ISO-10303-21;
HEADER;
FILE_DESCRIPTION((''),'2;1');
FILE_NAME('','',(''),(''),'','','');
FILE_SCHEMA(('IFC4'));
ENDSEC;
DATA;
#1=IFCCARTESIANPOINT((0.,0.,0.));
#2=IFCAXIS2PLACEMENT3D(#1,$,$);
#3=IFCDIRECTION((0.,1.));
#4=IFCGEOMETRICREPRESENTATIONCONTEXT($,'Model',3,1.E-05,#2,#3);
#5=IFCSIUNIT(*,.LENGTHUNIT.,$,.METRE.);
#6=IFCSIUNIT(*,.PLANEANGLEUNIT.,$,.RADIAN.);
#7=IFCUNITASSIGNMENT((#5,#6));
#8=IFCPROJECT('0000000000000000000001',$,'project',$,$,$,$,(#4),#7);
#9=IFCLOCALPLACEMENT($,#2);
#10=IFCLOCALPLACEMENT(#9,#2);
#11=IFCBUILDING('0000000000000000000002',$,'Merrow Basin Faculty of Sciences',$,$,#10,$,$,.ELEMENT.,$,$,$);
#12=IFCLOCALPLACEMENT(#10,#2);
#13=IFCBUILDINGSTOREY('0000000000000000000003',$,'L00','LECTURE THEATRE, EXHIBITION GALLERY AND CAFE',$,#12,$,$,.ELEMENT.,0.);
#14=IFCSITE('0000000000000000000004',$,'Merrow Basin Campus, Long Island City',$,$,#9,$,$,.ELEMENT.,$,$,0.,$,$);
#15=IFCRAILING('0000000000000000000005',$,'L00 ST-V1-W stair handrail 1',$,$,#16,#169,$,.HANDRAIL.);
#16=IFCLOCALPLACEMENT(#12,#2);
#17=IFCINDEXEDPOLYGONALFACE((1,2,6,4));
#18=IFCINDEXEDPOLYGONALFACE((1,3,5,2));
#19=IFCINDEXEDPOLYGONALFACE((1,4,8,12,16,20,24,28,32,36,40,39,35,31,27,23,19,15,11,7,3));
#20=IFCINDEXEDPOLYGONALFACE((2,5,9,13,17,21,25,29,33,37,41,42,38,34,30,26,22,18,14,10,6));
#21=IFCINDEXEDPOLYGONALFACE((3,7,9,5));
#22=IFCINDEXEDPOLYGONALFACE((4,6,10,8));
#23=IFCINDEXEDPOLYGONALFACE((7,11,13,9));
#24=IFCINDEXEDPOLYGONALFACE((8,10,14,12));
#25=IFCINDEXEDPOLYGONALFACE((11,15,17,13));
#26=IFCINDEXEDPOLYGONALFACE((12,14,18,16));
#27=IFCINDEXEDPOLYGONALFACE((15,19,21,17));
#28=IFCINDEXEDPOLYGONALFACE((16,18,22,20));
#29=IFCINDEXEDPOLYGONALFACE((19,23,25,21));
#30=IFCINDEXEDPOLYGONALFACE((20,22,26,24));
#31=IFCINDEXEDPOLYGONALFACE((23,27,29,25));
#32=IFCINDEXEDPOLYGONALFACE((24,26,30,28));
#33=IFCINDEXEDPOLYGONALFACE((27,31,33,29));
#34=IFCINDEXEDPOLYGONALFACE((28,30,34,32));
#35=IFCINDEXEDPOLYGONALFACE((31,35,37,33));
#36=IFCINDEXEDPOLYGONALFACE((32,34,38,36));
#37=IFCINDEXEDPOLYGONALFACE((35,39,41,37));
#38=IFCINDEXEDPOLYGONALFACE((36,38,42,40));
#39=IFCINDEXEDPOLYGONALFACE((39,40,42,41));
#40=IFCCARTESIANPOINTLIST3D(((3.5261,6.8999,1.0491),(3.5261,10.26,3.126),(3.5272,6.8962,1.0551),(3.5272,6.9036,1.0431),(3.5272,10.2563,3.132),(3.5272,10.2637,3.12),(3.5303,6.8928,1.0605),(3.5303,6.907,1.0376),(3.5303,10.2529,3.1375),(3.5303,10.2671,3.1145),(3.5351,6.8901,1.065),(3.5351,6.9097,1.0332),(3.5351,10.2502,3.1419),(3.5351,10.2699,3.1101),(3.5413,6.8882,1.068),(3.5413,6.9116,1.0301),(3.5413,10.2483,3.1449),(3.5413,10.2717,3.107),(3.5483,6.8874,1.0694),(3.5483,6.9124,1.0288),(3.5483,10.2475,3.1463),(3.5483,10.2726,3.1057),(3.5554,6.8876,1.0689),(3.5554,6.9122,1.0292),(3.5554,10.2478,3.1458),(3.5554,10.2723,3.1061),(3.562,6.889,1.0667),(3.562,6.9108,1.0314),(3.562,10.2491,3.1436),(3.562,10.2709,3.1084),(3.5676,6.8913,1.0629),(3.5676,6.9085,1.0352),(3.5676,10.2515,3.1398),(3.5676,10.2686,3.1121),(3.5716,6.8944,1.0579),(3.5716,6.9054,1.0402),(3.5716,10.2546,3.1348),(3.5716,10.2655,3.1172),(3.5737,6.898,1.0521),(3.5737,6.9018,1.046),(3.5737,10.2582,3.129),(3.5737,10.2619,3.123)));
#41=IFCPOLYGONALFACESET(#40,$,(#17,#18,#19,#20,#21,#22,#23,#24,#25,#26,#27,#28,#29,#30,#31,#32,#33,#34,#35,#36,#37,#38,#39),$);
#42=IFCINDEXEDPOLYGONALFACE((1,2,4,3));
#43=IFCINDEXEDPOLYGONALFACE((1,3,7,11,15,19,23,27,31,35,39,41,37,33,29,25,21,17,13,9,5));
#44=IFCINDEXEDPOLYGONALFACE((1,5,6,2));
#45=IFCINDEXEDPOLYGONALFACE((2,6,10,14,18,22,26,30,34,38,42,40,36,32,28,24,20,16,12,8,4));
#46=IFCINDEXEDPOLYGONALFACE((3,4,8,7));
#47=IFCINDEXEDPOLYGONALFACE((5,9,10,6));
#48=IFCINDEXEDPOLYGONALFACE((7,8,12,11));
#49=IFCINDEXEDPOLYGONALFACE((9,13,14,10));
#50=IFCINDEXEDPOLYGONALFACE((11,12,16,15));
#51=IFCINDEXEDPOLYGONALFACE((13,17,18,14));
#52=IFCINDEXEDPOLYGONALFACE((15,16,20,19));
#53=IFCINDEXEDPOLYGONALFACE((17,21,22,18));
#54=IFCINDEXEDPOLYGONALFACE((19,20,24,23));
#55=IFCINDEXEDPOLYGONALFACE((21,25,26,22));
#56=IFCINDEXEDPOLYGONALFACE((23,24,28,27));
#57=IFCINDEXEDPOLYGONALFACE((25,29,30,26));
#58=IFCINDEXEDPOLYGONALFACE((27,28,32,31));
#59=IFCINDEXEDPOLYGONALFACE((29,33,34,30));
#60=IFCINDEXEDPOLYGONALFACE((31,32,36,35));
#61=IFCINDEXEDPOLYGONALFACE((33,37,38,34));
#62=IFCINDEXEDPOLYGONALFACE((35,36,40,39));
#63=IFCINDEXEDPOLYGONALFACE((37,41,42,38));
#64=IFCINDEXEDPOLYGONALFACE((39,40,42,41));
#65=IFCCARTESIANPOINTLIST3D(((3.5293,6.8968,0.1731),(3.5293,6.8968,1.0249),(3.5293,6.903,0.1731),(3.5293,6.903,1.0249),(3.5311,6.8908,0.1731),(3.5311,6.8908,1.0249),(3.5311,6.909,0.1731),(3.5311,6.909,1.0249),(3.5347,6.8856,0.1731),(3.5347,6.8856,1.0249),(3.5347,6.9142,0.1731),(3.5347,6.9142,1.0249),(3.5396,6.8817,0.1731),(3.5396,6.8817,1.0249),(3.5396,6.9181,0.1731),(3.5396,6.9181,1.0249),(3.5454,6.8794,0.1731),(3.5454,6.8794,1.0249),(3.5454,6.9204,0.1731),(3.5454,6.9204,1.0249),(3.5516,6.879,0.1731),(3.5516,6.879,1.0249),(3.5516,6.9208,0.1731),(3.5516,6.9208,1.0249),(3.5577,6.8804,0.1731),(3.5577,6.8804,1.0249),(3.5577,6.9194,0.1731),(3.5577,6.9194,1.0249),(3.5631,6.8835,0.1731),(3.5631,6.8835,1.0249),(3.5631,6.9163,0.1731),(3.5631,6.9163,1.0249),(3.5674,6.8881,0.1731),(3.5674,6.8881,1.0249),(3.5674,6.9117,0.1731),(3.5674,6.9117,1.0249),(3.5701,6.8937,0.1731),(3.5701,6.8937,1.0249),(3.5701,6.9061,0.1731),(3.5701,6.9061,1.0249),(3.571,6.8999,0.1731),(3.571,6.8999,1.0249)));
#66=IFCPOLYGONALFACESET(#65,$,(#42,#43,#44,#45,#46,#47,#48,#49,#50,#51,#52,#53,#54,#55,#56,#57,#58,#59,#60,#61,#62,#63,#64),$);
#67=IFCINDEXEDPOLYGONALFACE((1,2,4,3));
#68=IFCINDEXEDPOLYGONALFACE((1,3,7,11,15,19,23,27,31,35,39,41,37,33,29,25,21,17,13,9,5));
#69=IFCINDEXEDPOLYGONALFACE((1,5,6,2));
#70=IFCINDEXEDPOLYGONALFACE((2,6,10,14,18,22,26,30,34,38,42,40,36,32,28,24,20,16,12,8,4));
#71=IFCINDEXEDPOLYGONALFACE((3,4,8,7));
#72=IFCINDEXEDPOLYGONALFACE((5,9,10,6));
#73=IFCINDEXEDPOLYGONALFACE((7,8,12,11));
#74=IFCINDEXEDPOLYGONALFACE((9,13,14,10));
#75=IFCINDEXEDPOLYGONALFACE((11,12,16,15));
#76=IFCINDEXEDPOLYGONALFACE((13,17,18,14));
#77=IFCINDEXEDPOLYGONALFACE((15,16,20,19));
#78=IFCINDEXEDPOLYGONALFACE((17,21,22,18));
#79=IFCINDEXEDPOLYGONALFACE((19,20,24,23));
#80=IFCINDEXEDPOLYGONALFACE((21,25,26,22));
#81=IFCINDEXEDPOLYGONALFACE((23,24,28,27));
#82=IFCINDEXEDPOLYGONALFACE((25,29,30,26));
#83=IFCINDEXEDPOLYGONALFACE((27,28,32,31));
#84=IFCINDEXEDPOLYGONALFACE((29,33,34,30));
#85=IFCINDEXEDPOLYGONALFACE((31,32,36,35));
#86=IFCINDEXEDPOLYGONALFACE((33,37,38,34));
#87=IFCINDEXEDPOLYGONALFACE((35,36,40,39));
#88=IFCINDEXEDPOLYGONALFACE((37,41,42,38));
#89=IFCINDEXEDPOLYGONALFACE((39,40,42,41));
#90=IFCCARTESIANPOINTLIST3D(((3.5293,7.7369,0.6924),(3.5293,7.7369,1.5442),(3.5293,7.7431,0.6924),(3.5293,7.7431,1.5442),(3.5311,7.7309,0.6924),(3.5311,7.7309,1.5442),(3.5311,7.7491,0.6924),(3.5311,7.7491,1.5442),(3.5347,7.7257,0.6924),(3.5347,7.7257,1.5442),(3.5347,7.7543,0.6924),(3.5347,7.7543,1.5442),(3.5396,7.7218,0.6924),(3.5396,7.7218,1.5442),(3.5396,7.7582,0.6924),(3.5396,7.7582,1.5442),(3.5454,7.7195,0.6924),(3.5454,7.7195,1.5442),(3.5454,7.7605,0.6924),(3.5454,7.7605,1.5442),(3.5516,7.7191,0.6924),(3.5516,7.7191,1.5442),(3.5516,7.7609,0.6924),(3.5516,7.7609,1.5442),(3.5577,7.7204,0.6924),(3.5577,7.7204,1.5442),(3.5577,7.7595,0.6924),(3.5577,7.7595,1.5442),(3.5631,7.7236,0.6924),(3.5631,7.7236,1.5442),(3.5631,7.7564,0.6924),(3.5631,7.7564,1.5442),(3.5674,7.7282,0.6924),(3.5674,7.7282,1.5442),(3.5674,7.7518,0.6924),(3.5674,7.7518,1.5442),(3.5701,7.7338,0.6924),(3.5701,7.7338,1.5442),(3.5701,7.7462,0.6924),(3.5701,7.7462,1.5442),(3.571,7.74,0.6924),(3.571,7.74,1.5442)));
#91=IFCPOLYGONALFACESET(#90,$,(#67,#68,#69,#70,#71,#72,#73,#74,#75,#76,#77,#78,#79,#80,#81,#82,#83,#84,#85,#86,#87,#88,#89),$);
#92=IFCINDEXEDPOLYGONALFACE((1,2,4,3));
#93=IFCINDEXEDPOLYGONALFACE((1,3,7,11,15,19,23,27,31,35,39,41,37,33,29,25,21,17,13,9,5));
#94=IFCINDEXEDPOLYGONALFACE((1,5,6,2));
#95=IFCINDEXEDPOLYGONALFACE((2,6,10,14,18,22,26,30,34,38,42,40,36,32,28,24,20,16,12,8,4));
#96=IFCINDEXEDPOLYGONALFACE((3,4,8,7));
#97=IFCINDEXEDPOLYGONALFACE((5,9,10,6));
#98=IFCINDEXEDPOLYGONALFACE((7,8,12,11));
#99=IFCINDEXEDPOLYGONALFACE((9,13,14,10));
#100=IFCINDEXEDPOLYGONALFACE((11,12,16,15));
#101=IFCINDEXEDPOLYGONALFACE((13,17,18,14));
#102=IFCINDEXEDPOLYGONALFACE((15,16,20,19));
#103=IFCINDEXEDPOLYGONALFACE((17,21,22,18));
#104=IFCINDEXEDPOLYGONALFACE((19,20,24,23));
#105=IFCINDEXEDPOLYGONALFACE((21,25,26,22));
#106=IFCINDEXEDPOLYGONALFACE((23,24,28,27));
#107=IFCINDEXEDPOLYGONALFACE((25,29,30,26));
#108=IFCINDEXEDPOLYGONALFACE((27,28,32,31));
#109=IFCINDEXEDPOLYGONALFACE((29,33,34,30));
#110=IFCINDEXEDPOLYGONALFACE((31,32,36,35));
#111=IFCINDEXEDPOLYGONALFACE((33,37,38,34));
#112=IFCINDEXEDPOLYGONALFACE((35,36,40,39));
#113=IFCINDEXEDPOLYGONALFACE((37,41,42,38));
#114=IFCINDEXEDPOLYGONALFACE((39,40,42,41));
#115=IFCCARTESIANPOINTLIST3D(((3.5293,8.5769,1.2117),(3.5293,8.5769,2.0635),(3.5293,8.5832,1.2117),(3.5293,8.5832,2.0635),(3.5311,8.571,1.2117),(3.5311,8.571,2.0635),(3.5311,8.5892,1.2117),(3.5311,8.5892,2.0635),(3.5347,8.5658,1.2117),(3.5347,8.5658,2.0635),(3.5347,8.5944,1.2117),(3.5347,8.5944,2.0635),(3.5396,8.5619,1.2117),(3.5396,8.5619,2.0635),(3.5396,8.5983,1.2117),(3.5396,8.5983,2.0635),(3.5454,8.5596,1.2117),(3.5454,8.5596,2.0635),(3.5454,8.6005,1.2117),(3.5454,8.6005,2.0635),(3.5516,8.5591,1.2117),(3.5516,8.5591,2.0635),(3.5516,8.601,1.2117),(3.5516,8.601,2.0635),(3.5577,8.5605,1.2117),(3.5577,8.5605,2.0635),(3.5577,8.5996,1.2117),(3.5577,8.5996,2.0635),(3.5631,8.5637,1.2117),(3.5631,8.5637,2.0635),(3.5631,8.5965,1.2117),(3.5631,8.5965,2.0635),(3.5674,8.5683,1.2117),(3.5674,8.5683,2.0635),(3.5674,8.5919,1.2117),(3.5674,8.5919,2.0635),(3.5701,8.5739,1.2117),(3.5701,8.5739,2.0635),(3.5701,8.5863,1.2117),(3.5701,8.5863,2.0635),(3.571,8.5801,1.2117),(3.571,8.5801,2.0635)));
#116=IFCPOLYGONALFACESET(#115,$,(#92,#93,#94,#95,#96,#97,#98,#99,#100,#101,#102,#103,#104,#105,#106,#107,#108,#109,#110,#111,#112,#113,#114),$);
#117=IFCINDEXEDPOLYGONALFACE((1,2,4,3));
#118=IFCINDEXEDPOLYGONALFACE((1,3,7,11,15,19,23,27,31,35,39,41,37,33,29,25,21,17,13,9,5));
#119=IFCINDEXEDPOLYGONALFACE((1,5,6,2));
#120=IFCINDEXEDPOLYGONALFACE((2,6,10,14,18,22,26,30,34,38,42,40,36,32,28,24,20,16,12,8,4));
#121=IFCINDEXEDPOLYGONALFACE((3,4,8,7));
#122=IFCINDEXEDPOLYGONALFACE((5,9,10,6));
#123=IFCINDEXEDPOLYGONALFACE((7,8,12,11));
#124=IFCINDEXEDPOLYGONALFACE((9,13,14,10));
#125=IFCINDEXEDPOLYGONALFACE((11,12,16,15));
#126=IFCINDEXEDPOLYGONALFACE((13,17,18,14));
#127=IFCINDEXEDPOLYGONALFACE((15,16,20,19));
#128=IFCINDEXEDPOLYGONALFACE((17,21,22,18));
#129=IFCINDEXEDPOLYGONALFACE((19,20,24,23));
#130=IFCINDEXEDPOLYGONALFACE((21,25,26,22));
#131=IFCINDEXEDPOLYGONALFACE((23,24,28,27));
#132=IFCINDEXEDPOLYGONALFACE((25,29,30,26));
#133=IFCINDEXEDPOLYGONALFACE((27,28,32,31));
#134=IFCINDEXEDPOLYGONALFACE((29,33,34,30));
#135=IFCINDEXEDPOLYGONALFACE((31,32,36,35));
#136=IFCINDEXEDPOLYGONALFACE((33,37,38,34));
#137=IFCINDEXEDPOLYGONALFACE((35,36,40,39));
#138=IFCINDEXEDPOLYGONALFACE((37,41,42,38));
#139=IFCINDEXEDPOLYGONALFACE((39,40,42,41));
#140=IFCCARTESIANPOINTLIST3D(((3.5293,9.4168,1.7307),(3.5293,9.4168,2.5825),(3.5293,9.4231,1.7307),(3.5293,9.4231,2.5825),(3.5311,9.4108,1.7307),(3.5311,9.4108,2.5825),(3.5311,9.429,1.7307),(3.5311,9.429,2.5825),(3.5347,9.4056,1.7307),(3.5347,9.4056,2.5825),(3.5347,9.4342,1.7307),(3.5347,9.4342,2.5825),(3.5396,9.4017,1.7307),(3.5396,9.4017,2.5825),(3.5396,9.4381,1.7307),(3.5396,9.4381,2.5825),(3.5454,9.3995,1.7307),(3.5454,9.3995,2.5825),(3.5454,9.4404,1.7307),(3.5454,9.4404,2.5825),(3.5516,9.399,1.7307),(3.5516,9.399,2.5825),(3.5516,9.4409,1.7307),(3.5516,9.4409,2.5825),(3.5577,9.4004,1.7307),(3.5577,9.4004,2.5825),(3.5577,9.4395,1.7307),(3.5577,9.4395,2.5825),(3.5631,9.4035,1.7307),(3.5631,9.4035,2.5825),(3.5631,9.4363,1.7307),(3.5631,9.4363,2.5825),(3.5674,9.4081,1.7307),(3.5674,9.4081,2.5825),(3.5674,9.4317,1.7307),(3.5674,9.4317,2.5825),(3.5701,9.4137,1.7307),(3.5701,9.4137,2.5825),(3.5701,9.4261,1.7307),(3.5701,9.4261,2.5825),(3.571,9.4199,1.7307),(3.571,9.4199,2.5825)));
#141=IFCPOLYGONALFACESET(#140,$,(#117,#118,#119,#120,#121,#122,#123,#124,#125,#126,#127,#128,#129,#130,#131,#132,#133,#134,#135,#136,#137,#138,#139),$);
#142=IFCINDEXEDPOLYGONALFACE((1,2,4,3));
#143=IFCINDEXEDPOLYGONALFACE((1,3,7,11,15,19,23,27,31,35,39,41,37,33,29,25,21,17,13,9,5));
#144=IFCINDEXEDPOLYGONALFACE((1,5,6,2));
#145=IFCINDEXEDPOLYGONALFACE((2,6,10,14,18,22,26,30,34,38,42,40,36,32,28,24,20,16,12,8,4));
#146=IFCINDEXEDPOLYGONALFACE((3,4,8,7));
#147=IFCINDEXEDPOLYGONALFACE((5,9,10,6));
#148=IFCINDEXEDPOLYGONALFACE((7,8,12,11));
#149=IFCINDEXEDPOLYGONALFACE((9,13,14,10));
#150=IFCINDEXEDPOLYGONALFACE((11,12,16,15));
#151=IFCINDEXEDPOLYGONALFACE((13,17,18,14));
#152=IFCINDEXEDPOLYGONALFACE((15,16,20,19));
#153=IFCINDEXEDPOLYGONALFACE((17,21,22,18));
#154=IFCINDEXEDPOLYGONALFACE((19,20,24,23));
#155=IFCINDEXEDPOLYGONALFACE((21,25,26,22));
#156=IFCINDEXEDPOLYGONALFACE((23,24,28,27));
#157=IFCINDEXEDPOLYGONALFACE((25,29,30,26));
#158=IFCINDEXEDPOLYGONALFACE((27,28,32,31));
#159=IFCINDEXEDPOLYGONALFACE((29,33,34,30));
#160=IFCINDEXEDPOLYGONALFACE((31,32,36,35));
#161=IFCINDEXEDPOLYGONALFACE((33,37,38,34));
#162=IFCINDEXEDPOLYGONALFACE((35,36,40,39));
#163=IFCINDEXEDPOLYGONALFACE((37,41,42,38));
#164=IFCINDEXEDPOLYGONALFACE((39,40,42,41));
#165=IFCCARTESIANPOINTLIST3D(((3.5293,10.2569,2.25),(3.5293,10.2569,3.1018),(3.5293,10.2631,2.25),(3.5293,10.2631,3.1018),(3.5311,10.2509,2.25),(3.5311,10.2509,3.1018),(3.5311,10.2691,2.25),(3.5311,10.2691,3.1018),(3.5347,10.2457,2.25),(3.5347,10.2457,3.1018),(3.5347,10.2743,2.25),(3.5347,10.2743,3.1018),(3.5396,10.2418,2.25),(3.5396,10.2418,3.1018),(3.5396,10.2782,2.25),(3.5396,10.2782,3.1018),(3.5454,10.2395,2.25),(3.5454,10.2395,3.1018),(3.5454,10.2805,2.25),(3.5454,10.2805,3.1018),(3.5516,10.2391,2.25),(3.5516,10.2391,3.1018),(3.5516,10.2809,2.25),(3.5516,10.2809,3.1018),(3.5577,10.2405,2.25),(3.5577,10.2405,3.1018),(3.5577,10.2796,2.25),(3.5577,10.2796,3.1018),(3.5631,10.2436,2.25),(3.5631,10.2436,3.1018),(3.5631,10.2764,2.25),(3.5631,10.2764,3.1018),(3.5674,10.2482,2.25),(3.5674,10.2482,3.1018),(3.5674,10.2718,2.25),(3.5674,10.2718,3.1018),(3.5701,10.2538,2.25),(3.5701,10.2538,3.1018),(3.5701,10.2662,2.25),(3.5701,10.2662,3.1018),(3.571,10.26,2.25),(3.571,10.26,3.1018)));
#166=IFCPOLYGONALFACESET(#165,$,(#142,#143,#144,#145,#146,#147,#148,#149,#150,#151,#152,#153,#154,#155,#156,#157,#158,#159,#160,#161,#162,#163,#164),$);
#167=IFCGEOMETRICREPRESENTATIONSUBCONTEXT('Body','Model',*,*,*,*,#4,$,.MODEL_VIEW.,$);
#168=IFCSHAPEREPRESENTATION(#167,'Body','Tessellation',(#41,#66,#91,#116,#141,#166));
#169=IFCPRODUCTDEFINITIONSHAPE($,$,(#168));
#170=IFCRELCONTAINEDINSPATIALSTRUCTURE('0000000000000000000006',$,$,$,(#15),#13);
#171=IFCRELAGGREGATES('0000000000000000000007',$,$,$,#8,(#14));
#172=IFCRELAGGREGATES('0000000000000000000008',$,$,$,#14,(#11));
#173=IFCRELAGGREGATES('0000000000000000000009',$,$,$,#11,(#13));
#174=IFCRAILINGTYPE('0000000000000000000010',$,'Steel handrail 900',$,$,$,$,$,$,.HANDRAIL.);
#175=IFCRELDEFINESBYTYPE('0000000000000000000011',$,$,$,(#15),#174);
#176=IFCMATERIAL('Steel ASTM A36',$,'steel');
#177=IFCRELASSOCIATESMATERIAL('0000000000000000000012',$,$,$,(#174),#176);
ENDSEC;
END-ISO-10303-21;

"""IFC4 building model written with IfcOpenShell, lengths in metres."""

from ifc_helpers import new_model, si_unit, direction, frame, origin, origin_2d, place, context, subcontext, project, spatial, circle, extrude, material, type_object, element, save


model = new_model("IFC4")

# Units and contexts
model_context = context("Model", 3, precision=1e-05, world=origin(), true_north=direction((0.0, 1.0)))
body_context = subcontext(model_context, "Body", "Model", "MODEL_VIEW")
ifc_project = project(units=[si_unit("LENGTHUNIT", "METRE"), si_unit("PLANEANGLEUNIT", "RADIAN")], contexts=[model_context])

# Site, building, storey
site_placement = place(None, origin())
site = spatial("IfcSite", under=ifc_project, at=site_placement, Name="Merrow Basin Campus, Long Island City", CompositionType="ELEMENT", RefElevation=0.0)
building_placement = place(site_placement, origin())
building = spatial("IfcBuilding", under=site, at=building_placement, Name="Merrow Basin Faculty of Sciences", CompositionType="ELEMENT")
storey_placement = place(building_placement, origin())
storey = spatial("IfcBuildingStorey", under=building, at=storey_placement, Name="L00", Description="LECTURE THEATRE, EXHIBITION GALLERY AND CAFE", CompositionType="ELEMENT", Elevation=0.0)

# Railing
ifc_material_1 = material(Name="Steel ASTM A36", Category="steel")
railing_type_1 = type_object("IfcRailingType", Name="Steel handrail 900", PredefinedType="HANDRAIL", material=ifc_material_1)
railing_1_placement = place(storey_placement, frame((3.55, 6.8999, 0.1731)))
element("IfcRailing", 1, at=railing_1_placement, inside=storey, type_object=railing_type_1, Name="L00 ST-V1-W stair handrail 1", PredefinedType="HANDRAIL", context=body_context, shape_type="SweptSolid", body=[
    extrude(circle(Radius=0.0239, at=origin_2d()), frame((0.0, 0.0, 0.876), z_axis=(0.0, 0.850623, 0.525776), x_axis=(-1.0, 0.0, 0.0)), (0.0, 0.0, 1.0), 3.9502),
    extrude(circle(Radius=0.021, at=origin_2d()), origin(), (0.0, 0.0, 1.0), 0.8518),
    extrude(circle(Radius=0.021, at=origin_2d()), frame((0.0, 0.8401, 0.5193)), (0.0, 0.0, 1.0), 0.8518),
    extrude(circle(Radius=0.021, at=origin_2d()), frame((0.0, 1.6802, 1.0386)), (0.0, 0.0, 1.0), 0.8518),
    extrude(circle(Radius=0.021, at=origin_2d()), frame((0.0, 2.52, 1.5576)), (0.0, 0.0, 1.0), 0.8518),
    extrude(circle(Radius=0.021, at=origin_2d()), frame((0.0, 3.3601, 2.0769)), (0.0, 0.0, 1.0), 0.8518),
])

save(model, "model.ifc")
